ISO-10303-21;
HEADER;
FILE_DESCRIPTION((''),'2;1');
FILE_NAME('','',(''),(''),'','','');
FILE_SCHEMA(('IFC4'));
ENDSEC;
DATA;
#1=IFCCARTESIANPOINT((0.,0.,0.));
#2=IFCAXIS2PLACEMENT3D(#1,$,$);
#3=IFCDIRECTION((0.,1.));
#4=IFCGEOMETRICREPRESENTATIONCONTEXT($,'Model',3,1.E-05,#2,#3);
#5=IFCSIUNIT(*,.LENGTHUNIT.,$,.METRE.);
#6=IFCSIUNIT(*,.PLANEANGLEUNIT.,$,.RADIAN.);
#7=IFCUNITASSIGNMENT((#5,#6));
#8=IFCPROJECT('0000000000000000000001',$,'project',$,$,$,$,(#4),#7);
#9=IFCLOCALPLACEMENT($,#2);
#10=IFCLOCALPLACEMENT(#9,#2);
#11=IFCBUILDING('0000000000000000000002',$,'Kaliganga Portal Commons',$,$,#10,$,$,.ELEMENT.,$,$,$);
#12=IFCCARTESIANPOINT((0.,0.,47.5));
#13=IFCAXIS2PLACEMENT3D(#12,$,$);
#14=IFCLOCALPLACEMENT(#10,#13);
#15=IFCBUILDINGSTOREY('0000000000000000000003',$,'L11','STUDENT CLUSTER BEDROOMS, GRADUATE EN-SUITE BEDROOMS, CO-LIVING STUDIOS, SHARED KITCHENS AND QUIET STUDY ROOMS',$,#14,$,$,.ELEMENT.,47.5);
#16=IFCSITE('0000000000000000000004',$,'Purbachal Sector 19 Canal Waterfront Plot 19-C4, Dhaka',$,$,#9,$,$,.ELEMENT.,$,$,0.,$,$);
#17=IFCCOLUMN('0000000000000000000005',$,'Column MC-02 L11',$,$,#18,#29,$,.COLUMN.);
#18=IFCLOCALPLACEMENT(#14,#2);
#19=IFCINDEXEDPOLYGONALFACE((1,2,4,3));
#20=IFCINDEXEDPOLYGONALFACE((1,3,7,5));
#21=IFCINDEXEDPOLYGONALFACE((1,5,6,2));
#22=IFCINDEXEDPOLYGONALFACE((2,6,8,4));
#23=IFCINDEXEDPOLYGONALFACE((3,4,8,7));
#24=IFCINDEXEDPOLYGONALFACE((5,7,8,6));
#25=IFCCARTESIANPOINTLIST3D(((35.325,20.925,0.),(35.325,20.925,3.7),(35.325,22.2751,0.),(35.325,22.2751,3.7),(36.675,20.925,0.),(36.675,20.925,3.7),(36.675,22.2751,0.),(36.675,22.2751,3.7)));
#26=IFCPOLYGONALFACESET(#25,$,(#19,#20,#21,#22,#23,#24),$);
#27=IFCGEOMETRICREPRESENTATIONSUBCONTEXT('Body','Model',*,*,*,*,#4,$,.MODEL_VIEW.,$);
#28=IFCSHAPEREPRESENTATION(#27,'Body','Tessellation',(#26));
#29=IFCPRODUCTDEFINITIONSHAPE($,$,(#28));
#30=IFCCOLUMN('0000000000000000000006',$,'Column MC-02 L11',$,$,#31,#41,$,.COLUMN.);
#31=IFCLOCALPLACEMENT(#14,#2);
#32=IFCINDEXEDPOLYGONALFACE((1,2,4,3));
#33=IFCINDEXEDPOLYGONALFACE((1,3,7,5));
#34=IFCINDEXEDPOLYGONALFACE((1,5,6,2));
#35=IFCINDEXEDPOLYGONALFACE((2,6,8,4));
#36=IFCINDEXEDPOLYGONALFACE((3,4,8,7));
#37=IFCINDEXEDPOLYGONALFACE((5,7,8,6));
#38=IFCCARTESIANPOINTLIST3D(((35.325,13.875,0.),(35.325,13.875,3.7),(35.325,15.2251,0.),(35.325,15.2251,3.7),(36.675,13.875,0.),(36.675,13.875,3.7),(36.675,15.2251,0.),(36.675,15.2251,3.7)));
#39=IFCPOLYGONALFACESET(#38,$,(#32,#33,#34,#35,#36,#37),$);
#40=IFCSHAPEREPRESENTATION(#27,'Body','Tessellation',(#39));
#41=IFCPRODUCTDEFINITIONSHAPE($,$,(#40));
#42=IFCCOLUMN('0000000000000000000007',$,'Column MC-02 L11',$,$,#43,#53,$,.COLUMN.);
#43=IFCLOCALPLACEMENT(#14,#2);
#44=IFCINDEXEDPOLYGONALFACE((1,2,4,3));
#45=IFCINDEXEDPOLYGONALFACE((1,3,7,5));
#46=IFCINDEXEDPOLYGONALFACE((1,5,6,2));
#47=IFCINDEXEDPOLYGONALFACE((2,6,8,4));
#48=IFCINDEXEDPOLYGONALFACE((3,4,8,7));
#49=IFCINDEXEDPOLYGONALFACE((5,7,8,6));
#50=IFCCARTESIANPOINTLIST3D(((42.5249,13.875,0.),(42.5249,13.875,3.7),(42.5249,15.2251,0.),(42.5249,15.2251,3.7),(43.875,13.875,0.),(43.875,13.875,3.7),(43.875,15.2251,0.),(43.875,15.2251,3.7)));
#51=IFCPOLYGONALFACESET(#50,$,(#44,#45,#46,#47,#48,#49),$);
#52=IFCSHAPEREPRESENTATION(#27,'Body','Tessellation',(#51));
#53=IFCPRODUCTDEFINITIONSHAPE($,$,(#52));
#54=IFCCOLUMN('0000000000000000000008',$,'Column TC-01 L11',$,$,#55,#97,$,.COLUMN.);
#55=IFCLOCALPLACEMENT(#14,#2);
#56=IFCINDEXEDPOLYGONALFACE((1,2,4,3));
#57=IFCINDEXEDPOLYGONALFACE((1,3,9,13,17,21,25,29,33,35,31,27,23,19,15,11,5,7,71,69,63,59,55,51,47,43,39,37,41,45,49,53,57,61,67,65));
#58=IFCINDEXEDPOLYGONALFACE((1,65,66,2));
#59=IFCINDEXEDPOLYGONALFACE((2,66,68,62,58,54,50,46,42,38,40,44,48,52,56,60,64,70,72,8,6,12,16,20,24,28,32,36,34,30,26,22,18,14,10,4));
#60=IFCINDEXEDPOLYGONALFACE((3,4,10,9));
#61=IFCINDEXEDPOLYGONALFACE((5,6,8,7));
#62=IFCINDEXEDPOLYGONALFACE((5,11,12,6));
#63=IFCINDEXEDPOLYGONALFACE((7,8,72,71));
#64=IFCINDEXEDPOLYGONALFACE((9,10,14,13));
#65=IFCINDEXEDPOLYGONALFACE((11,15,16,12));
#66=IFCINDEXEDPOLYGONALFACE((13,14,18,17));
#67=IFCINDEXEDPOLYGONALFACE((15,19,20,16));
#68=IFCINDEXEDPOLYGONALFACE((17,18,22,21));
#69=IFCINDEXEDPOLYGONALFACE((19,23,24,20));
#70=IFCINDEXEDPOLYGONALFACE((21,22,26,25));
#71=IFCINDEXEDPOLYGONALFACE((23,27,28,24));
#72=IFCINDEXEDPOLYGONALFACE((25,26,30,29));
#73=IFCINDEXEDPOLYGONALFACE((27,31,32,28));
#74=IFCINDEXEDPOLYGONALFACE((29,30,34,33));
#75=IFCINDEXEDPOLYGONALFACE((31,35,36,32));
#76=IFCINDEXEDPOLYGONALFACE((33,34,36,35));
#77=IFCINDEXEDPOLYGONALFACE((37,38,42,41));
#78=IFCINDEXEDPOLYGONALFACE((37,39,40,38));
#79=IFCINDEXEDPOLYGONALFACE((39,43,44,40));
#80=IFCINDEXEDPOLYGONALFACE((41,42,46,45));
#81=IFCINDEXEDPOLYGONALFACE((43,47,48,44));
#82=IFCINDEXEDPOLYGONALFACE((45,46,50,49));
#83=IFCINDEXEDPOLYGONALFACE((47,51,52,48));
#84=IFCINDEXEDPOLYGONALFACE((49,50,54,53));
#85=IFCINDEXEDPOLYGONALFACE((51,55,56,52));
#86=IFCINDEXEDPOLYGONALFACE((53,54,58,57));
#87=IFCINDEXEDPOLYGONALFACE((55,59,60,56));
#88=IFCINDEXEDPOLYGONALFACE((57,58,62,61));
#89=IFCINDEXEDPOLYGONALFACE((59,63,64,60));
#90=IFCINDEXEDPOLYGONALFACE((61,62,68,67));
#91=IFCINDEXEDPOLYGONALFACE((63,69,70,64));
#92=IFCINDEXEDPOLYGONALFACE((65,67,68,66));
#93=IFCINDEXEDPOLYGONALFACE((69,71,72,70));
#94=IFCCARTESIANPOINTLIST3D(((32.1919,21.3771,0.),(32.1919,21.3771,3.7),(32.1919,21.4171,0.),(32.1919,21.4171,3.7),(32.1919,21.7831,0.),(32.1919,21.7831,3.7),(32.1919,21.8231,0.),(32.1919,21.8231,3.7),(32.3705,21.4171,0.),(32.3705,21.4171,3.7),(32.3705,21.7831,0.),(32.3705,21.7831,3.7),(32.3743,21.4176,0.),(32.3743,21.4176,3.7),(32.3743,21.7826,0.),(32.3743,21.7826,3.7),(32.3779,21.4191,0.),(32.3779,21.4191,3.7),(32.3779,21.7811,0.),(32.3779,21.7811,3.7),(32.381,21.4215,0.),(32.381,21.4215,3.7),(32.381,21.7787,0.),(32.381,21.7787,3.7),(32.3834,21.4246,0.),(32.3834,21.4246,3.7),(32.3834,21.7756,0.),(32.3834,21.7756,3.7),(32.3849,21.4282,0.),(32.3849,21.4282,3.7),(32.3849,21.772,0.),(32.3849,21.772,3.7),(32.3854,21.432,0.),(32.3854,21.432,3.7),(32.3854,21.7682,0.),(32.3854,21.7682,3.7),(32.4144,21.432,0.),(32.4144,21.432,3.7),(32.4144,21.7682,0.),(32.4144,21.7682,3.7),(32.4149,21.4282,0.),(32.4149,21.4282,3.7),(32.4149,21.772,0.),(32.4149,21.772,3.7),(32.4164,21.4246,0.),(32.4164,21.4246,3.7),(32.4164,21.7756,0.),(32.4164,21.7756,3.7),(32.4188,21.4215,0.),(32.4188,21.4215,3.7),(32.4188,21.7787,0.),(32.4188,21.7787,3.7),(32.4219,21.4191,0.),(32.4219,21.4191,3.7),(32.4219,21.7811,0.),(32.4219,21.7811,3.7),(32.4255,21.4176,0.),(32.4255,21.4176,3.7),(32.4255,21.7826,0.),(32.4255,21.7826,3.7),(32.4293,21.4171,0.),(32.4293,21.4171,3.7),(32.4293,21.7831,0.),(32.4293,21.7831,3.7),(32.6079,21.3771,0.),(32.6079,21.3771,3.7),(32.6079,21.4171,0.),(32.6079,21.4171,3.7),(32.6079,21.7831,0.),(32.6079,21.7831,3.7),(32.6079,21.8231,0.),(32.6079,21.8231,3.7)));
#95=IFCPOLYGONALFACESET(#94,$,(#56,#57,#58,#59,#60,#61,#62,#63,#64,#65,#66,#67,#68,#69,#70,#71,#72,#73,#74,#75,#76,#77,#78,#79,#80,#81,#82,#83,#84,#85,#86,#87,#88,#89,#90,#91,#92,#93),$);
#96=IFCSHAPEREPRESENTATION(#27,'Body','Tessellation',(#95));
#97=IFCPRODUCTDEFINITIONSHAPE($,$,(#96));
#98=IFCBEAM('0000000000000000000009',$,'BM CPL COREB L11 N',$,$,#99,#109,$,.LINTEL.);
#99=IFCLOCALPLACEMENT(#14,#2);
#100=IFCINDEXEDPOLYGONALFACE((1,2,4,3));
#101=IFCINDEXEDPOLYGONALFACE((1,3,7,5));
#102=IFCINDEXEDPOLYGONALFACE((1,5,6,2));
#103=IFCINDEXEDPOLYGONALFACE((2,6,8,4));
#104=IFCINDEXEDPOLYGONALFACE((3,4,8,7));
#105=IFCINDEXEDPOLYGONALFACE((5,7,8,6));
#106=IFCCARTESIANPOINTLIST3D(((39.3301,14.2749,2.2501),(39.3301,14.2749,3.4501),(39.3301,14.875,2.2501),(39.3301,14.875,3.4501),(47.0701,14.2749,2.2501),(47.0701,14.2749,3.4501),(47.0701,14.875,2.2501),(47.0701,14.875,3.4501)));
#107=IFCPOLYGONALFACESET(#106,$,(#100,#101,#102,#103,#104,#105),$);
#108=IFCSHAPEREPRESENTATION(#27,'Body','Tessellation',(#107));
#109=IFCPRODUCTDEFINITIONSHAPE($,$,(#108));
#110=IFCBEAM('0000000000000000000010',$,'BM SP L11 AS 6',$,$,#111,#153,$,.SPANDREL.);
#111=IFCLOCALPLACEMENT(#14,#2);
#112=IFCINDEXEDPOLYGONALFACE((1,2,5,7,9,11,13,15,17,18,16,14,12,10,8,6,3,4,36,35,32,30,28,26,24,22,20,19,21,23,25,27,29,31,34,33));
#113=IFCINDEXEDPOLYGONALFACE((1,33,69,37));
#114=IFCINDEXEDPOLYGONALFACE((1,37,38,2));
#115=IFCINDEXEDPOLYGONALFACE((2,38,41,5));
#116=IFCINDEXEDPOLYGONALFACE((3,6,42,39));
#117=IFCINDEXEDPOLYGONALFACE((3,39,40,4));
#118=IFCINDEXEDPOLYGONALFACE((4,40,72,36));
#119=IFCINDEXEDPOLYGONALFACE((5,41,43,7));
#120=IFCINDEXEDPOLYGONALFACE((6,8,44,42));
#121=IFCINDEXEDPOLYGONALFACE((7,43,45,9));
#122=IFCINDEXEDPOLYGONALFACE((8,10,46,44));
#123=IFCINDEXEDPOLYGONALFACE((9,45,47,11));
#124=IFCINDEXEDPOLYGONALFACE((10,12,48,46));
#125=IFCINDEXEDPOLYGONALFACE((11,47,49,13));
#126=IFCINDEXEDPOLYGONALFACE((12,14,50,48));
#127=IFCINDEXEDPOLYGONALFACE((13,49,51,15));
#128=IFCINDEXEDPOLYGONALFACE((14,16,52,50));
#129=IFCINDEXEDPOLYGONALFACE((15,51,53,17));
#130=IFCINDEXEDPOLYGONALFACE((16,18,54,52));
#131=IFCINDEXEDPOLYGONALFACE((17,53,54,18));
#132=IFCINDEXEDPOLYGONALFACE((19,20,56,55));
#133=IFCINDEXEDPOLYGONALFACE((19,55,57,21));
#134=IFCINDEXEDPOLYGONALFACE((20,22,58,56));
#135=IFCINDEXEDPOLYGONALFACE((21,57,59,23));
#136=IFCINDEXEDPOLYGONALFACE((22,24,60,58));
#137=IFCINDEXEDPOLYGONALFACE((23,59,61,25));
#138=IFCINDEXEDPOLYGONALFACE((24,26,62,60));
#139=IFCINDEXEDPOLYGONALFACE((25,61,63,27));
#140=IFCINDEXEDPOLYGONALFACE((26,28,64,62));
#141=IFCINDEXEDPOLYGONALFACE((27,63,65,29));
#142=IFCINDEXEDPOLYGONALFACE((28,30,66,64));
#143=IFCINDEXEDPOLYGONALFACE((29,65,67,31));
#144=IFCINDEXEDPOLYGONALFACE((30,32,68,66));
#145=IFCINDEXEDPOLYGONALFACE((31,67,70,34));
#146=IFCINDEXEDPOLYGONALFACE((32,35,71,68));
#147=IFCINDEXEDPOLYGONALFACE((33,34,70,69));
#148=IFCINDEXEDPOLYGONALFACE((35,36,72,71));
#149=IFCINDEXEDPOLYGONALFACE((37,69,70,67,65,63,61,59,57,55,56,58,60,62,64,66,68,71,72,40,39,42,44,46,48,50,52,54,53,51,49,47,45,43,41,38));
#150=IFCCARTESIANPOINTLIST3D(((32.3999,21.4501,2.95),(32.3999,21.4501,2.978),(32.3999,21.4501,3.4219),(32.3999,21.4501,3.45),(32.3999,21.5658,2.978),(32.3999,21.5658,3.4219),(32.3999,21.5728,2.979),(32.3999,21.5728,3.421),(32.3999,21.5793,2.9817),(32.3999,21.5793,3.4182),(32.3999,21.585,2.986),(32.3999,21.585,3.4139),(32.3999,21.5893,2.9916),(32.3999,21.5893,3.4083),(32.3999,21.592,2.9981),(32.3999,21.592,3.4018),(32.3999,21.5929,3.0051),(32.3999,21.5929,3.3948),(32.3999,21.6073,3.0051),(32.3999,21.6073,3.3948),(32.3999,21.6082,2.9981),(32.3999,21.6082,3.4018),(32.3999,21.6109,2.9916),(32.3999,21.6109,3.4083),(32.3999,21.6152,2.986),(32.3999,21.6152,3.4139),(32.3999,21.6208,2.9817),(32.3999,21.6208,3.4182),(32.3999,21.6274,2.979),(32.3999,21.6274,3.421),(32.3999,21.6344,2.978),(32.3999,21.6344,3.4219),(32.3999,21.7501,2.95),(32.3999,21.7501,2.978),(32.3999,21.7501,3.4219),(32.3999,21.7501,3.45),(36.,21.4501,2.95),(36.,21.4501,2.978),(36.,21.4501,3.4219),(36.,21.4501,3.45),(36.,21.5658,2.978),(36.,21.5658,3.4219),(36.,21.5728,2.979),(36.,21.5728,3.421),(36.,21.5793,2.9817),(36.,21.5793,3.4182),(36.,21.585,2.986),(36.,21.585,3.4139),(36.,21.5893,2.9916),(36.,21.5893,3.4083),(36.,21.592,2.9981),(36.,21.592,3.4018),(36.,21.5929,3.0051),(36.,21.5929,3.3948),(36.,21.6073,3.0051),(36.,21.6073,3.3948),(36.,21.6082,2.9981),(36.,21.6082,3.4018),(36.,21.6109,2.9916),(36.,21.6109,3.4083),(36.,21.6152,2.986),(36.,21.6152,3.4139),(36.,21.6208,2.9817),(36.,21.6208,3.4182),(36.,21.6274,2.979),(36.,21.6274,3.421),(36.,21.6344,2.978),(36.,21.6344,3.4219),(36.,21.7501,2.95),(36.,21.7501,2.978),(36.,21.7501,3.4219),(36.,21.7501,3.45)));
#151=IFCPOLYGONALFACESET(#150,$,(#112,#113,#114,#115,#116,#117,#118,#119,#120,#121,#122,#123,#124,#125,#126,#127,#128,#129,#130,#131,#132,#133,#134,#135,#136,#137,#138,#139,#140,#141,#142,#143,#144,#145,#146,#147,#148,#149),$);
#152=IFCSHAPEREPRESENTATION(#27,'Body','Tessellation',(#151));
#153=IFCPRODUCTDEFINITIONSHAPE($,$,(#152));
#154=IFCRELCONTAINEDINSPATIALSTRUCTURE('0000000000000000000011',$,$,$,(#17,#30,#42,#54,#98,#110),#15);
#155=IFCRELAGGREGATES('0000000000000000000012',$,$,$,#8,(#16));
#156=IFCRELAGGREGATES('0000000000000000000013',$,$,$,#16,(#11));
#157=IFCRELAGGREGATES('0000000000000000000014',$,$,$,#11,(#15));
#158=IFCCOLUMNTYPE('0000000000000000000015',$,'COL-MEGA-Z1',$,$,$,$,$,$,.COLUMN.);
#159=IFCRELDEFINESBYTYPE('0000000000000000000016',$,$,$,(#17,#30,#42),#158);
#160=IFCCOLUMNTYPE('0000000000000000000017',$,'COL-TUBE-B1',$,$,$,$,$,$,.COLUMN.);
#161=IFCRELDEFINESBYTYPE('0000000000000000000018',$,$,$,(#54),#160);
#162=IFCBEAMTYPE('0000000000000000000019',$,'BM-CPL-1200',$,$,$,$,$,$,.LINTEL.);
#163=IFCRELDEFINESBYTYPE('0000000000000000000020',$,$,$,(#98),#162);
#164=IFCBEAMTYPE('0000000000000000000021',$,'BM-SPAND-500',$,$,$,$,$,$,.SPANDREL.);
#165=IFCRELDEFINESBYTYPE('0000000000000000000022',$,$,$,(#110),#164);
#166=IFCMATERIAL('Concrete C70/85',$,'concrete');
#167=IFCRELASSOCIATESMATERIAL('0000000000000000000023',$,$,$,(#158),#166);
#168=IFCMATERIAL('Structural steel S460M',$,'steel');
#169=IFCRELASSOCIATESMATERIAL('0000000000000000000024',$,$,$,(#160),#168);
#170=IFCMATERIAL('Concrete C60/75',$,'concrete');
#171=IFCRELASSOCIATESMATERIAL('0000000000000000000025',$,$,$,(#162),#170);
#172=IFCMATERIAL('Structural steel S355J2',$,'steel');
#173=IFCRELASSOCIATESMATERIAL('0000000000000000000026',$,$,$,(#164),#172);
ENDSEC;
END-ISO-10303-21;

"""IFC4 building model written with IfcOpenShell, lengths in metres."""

from ifc_helpers import new_model, si_unit, direction, frame, origin, origin_2d, place, context, subcontext, project, spatial, rectangle, i_section, extrude, source, transform, mapped, material, material_profile, profile_set, type_object, element, save


model = new_model("IFC4")

# Units and contexts
model_context = context("Model", 3, precision=1e-05, world=origin(), true_north=direction((0.0, 1.0)))
body_context = subcontext(model_context, "Body", "Model", "MODEL_VIEW")
ifc_project = project(units=[si_unit("LENGTHUNIT", "METRE"), si_unit("PLANEANGLEUNIT", "RADIAN")], contexts=[model_context])

# Site, building, storey
site_placement = place(None, origin())
site = spatial("IfcSite", under=ifc_project, at=site_placement, Name="Purbachal Sector 19 Canal Waterfront Plot 19-C4, Dhaka", CompositionType="ELEMENT", RefElevation=0.0)
building_placement = place(site_placement, origin())
building = spatial("IfcBuilding", under=site, at=building_placement, Name="Kaliganga Portal Commons", CompositionType="ELEMENT")
storey_placement = place(building_placement, frame((0.0, 0.0, 47.5)))
storey = spatial("IfcBuildingStorey", under=building, at=storey_placement, Name="L11", Description="STUDENT CLUSTER BEDROOMS, GRADUATE EN-SUITE BEDROOMS, CO-LIVING STUDIOS, SHARED KITCHENS AND QUIET STUDY ROOMS", CompositionType="ELEMENT", Elevation=47.5)

# Columns
ifc_material_1 = material(Name="Concrete C70/85", Category="concrete")
ifc_material_profile_1 = material_profile(ifc_material_1, rectangle(XDim=1.3501, YDim=1.3501, at=origin_2d()), Name="RC 1350x1350")
ifc_profile_set_1 = profile_set([ifc_material_profile_1], Name="Concrete C70/85")
column_type_1 = type_object("IfcColumnType", Name="COL-MEGA-Z1", PredefinedType="COLUMN", material=ifc_profile_set_1)
shared_shape_1 = source(origin(), body_context, "Body", "SweptSolid", [
    extrude(rectangle(XDim=1.3501, YDim=1.3501, at=origin_2d()), origin(), (0.0, 0.0, 1.0), 3.7),
])
for number, where, z_axis, x_axis, name in (
    (1, (36.0, 21.6001, 0.0), (0.0, 0.0, 1.0), (1.0, 0.0, 0.0), "Column MC-02 L11"),
    (2, (36.0, 14.55, 0.0), (0.0, 0.0, 1.0), (1.0, 0.0, 0.0), "Column MC-02 L11"),
    (3, (43.2, 14.55, 0.0), (0.0, 0.0, 1.0), (1.0, 0.0, 0.0), "Column MC-02 L11"),
):
    element("IfcColumn", number, at=place(storey_placement, frame(where, z_axis=z_axis, x_axis=x_axis)), inside=storey, type_object=column_type_1, Name=name, PredefinedType="COLUMN", context=body_context, shape_type="MappedRepresentation", body=[
        mapped(shared_shape_1, transform((0.0, 0.0, 0.0), x_axis=(1.0, 0.0, 0.0), y_axis=(0.0, 1.0, 0.0), z_axis=(0.0, 0.0, 1.0), scale=1.0)),
    ])
ifc_material_2 = material(Name="Structural steel S460M", Category="steel")
ifc_material_profile_2 = material_profile(ifc_material_2, i_section(OverallWidth=0.416, OverallDepth=0.446, WebThickness=0.0291, FlangeThickness=0.04, FilletRadius=0.0149, at=origin_2d()), Name="HD 400x509")
ifc_profile_set_2 = profile_set([ifc_material_profile_2], Name="Structural steel S460M wide-flange")
column_type_2 = type_object("IfcColumnType", Name="COL-TUBE-B1", PredefinedType="COLUMN", material=ifc_profile_set_2)
shared_shape_2 = source(origin(), body_context, "Body", "SweptSolid", [
    extrude(i_section(OverallWidth=0.416, OverallDepth=0.446, WebThickness=0.0291, FlangeThickness=0.04, FilletRadius=0.0149, at=origin_2d()), origin(), (0.0, 0.0, 1.0), 3.7),
])
column_placement = place(storey_placement, frame((32.3999, 21.6001, 0.0), z_axis=(0.0, 0.0, 1.0), x_axis=(1.0, 0.0, 0.0)))
element("IfcColumn", 4, at=column_placement, inside=storey, type_object=column_type_2, Name="Column TC-01 L11", PredefinedType="COLUMN", context=body_context, shape_type="MappedRepresentation", body=[
    mapped(shared_shape_2, transform((0.0, 0.0, 0.0), x_axis=(1.0, 0.0, 0.0), y_axis=(0.0, 1.0, 0.0), z_axis=(0.0, 0.0, 1.0), scale=1.0)),
])

# Beams
ifc_material_3 = material(Name="Concrete C60/75", Category="concrete")
ifc_material_profile_3 = material_profile(ifc_material_3, rectangle(XDim=0.6001, YDim=1.2, at=origin_2d()), Name="RC 600x1200")
ifc_profile_set_3 = profile_set([ifc_material_profile_3], Name="Concrete C60/75")
beam_type_1 = type_object("IfcBeamType", Name="BM-CPL-1200", PredefinedType="LINTEL", material=ifc_profile_set_3)
shared_shape_3 = source(origin(), body_context, "Body", "SweptSolid", [
    extrude(rectangle(XDim=0.6001, YDim=1.2, at=origin_2d()), origin(), (0.0, 0.0, 1.0), 7.74),
])
beam_1_placement = place(storey_placement, frame((39.3301, 14.575, 2.8501), z_axis=(1.0, 0.0, 0.0), x_axis=(0.0, 1.0, 0.0)))
element("IfcBeam", 5, at=beam_1_placement, inside=storey, type_object=beam_type_1, Name="BM CPL COREB L11 N", PredefinedType="LINTEL", context=body_context, shape_type="MappedRepresentation", body=[
    mapped(shared_shape_3, transform((0.0, 0.0, 0.0), x_axis=(1.0, 0.0, 0.0), y_axis=(0.0, 1.0, 0.0), z_axis=(0.0, 0.0, 1.0), scale=1.0)),
])
ifc_material_4 = material(Name="Structural steel S355J2", Category="steel")
ifc_material_profile_4 = material_profile(ifc_material_4, i_section(OverallWidth=0.3, OverallDepth=0.5, WebThickness=0.0144, FlangeThickness=0.0281, FilletRadius=0.0271, at=origin_2d()), Name="HE 500 B")
ifc_profile_set_4 = profile_set([ifc_material_profile_4], Name="Structural steel S355J2 wide-flange")
beam_type_2 = type_object("IfcBeamType", Name="BM-SPAND-500", PredefinedType="SPANDREL", material=ifc_profile_set_4)
shared_shape_4 = source(origin(), body_context, "Body", "SweptSolid", [
    extrude(i_section(OverallWidth=0.3, OverallDepth=0.5, WebThickness=0.0144, FlangeThickness=0.0281, FilletRadius=0.0271, at=origin_2d()), origin(), (0.0, 0.0, 1.0), 3.6001),
])
beam_2_placement = place(storey_placement, frame((32.3999, 21.6001, 3.2), z_axis=(1.0, 0.0, 0.0), x_axis=(0.0, 1.0, 0.0)))
element("IfcBeam", 6, at=beam_2_placement, inside=storey, type_object=beam_type_2, Name="BM SP L11 AS 6", PredefinedType="SPANDREL", context=body_context, shape_type="MappedRepresentation", body=[
    mapped(shared_shape_4, transform((0.0, 0.0, 0.0), x_axis=(1.0, 0.0, 0.0), y_axis=(0.0, 1.0, 0.0), z_axis=(0.0, 0.0, 1.0), scale=1.0)),
])

save(model, "model.ifc")
